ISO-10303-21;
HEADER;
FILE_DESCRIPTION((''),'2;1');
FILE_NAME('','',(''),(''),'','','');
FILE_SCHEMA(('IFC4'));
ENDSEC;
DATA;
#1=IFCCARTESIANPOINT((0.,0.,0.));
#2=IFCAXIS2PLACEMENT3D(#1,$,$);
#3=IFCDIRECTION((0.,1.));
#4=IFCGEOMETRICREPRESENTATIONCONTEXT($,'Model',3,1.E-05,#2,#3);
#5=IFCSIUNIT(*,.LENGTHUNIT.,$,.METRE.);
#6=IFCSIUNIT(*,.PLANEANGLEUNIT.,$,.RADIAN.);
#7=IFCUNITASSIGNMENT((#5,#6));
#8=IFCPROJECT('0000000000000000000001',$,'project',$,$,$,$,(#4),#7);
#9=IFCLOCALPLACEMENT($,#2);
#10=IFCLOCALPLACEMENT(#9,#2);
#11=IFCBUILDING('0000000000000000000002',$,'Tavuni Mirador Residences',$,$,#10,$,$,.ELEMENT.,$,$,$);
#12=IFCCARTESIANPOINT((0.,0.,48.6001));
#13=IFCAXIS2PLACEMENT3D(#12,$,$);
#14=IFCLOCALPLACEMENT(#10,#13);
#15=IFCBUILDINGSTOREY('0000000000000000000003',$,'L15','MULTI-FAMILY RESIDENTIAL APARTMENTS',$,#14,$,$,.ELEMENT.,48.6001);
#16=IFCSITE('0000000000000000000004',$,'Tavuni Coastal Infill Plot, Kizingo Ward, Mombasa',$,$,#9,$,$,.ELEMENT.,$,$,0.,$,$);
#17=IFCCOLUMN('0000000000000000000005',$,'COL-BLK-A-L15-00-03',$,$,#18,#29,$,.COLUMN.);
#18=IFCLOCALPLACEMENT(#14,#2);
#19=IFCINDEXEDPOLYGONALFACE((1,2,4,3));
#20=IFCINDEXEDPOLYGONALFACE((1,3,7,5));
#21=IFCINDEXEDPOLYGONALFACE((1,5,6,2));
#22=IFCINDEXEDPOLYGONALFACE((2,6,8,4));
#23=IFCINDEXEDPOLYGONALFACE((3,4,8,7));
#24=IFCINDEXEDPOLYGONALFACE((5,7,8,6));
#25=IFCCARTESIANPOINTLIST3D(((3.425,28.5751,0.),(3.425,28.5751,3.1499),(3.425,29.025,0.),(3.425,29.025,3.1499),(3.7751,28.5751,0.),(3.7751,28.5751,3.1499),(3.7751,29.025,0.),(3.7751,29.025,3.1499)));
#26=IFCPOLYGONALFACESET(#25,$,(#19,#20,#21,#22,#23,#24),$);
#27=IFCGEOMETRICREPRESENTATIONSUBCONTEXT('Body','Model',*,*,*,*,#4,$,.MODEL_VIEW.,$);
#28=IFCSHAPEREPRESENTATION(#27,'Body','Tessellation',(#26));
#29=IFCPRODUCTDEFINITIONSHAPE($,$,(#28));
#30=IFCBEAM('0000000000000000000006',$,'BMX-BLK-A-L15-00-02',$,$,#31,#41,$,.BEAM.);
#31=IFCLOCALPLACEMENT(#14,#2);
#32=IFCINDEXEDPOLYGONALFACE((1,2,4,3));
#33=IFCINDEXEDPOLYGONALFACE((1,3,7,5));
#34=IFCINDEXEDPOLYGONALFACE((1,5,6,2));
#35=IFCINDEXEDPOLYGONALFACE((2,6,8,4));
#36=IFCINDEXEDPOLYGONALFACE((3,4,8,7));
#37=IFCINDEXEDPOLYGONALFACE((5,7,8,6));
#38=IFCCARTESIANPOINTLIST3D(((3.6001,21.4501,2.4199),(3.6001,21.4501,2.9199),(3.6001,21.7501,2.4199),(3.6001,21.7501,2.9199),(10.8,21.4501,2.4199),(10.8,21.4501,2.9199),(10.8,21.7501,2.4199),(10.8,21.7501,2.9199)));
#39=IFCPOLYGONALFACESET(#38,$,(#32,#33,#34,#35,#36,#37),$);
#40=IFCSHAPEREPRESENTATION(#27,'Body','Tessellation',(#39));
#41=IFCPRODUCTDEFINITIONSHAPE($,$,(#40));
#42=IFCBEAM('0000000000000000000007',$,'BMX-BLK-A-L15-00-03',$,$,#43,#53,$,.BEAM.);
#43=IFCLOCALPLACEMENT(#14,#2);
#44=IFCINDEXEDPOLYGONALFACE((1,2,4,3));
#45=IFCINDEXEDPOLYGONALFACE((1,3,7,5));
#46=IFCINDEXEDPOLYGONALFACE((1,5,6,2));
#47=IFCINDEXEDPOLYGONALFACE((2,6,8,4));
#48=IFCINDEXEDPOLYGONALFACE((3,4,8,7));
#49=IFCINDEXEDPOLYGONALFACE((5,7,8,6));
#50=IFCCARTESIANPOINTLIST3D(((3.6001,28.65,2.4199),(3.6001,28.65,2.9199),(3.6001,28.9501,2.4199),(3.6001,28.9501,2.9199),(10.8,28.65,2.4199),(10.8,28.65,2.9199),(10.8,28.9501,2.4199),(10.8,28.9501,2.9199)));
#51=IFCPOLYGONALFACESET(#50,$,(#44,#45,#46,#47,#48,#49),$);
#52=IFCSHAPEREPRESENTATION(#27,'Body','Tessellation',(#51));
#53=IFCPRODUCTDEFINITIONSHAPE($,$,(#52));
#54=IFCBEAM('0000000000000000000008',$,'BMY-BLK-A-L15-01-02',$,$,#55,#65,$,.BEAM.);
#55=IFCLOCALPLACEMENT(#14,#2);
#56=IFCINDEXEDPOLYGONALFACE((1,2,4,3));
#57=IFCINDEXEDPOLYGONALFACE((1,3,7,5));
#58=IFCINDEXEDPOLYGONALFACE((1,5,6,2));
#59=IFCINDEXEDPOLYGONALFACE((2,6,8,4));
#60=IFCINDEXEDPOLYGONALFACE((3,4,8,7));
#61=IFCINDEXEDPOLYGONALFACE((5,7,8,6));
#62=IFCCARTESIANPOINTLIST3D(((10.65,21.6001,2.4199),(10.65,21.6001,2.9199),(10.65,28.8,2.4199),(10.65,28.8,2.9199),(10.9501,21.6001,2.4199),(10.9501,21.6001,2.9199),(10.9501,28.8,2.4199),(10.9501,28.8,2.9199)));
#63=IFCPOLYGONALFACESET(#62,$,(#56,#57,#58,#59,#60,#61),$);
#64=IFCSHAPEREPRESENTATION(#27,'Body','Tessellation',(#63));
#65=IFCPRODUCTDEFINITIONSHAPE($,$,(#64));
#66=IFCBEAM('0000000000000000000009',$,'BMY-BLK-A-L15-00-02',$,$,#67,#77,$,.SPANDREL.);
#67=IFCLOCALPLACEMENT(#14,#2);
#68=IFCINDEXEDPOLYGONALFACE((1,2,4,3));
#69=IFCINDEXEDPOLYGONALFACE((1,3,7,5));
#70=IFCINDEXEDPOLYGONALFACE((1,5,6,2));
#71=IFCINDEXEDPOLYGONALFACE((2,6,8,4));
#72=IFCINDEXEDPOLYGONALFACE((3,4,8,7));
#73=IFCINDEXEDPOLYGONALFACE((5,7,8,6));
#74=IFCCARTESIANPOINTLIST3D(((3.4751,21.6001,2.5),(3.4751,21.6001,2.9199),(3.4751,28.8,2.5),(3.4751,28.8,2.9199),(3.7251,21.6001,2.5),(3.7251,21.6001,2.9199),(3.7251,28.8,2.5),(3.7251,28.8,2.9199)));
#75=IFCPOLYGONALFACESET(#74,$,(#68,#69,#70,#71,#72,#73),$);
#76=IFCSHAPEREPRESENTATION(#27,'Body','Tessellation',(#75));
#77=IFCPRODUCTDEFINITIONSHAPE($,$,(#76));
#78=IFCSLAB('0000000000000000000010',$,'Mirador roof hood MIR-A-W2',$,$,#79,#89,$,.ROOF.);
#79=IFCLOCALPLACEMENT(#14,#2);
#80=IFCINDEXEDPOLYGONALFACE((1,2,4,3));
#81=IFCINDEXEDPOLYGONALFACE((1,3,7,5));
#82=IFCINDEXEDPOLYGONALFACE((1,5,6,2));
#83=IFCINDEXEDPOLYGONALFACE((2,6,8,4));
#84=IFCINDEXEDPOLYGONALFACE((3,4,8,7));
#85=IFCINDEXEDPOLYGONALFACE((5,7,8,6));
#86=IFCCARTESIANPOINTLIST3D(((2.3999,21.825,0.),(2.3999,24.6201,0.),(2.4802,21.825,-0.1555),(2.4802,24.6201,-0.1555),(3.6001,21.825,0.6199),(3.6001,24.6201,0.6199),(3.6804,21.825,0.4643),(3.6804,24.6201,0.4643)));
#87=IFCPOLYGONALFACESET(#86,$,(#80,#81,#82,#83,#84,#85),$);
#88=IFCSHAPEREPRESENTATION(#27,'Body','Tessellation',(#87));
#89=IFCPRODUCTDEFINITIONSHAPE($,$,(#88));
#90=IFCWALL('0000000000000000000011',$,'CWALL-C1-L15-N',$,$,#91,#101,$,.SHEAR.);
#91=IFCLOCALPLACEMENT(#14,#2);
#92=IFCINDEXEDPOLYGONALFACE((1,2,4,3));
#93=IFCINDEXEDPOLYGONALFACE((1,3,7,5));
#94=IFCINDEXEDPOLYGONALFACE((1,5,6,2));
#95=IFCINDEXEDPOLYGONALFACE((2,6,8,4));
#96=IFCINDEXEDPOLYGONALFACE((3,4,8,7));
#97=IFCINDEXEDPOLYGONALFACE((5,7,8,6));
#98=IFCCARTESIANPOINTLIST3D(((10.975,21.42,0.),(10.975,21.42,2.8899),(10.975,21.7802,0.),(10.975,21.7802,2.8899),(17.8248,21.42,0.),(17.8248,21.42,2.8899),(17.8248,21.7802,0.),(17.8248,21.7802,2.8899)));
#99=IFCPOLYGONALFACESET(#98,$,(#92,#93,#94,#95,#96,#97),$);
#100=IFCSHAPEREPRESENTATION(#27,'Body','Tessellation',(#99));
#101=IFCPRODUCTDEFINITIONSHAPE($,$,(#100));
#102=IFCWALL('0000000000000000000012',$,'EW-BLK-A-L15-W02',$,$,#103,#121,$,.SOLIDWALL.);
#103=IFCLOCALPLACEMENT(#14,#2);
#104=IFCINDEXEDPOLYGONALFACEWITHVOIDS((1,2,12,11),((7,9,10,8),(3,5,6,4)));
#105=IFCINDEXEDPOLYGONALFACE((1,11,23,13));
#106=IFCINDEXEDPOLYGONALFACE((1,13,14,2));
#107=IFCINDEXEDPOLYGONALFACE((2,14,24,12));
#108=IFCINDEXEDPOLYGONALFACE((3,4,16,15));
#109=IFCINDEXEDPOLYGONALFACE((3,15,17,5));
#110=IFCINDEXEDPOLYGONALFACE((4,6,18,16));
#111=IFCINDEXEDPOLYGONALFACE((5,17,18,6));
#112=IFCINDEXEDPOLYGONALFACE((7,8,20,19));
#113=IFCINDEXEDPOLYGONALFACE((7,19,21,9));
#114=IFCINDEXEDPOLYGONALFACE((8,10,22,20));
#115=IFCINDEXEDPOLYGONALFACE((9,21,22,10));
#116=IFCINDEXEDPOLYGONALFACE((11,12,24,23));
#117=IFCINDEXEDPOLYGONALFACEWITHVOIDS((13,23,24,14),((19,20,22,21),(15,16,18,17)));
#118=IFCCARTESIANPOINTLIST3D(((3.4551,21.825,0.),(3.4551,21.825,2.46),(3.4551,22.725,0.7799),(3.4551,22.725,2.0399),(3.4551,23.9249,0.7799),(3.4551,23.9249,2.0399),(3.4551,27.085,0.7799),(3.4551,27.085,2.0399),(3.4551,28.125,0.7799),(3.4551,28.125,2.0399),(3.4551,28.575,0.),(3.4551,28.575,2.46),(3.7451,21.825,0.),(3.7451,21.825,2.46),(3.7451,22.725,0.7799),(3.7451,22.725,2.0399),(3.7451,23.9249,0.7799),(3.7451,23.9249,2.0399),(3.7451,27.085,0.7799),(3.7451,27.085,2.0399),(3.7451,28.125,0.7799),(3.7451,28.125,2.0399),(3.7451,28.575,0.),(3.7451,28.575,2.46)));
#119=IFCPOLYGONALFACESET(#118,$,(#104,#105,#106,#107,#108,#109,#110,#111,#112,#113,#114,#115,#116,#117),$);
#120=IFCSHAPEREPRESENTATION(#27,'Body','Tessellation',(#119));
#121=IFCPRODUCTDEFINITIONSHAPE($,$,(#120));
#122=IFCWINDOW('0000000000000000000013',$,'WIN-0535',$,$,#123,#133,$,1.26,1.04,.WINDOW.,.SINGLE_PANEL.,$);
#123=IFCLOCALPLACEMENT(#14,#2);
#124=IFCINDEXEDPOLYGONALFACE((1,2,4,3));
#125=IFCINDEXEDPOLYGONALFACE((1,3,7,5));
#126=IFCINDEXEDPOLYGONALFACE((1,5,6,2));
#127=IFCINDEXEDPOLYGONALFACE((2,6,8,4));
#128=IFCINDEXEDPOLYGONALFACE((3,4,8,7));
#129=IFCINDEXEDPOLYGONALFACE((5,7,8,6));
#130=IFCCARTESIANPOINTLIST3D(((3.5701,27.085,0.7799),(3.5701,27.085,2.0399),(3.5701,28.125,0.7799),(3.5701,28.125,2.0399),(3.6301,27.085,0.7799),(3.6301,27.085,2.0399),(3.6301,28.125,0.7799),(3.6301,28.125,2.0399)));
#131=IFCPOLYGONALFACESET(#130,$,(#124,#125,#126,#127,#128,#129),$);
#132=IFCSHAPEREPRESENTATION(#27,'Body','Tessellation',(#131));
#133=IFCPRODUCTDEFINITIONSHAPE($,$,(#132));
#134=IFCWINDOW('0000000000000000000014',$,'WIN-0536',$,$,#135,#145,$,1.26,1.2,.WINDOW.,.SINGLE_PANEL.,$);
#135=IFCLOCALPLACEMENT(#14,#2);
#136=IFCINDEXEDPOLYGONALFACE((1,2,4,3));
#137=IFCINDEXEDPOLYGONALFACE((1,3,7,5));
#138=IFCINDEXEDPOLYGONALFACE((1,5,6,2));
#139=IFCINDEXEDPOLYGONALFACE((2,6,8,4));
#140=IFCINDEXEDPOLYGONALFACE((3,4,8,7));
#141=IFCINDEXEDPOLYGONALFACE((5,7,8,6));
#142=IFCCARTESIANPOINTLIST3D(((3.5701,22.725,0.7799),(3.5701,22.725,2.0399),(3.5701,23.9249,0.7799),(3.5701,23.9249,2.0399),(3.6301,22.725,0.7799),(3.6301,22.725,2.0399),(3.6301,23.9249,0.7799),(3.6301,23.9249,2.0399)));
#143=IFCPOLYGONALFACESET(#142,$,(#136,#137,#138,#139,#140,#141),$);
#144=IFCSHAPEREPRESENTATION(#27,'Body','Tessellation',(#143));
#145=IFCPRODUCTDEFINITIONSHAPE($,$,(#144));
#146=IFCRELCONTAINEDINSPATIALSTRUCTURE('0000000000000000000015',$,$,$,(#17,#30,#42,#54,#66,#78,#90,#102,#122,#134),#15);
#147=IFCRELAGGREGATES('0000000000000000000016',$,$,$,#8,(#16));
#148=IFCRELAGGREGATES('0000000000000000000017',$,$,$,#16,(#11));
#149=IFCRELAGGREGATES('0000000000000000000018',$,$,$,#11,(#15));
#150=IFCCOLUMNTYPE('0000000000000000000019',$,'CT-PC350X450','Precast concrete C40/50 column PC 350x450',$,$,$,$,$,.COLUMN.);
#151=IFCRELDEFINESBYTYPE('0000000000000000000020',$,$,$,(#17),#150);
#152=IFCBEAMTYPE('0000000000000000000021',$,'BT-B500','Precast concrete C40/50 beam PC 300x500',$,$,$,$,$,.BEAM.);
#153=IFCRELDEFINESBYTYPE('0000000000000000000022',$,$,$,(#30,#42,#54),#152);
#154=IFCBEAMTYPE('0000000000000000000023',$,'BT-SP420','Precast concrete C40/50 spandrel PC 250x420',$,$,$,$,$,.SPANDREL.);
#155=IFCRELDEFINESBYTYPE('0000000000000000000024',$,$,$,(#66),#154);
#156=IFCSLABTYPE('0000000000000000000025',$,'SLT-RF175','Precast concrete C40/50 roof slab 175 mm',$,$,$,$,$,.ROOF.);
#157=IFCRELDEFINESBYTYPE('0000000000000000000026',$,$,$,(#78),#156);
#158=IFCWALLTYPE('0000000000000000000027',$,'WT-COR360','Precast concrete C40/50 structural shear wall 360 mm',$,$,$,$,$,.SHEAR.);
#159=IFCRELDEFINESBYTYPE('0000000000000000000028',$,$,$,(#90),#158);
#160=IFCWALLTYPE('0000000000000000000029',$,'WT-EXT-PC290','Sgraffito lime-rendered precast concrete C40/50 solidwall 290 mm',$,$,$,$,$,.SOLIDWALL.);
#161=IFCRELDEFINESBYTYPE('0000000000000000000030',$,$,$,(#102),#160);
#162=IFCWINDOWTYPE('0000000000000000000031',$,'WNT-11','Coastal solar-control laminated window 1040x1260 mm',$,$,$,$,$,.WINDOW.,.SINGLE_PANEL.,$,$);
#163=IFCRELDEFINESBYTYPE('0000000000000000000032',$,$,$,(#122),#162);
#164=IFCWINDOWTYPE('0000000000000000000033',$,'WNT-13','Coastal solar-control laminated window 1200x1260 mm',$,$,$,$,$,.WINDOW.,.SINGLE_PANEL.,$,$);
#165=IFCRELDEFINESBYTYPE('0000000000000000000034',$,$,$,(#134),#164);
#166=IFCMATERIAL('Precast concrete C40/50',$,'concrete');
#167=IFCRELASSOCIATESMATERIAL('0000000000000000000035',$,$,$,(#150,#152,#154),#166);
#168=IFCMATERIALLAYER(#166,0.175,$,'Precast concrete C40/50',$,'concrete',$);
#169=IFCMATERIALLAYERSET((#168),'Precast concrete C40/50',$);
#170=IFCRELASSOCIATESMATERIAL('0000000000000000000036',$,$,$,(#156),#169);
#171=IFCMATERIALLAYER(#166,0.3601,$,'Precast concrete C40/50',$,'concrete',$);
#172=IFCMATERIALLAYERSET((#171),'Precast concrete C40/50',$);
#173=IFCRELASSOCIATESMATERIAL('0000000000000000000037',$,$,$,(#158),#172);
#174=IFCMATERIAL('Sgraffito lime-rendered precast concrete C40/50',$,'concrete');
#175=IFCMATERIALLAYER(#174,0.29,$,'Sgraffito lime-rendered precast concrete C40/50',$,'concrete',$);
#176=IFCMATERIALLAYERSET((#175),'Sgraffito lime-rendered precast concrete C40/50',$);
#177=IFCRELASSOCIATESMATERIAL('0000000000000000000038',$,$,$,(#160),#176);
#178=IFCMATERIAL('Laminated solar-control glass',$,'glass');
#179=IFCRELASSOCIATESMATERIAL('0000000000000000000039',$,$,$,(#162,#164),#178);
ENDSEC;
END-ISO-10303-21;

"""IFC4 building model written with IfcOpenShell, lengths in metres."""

from ifc_helpers import new_model, si_unit, direction, frame, frame_2d, origin, origin_2d, place, context, subcontext, project, spatial, polyline, rectangle, outline, extrude, material, layer, layer_set, material_profile, profile_set, type_object, element, fill, save


model = new_model("IFC4")

# Units and contexts
model_context = context("Model", 3, precision=1e-05, world=origin(), true_north=direction((0.0, 1.0)))
body_context = subcontext(model_context, "Body", "Model", "MODEL_VIEW")
ifc_project = project(units=[si_unit("LENGTHUNIT", "METRE"), si_unit("PLANEANGLEUNIT", "RADIAN")], contexts=[model_context])

# Site, building, storey
site_placement = place(None, origin())
site = spatial("IfcSite", under=ifc_project, at=site_placement, Name="Tavuni Coastal Infill Plot, Kizingo Ward, Mombasa", CompositionType="ELEMENT", RefElevation=0.0)
building_placement = place(site_placement, origin())
building = spatial("IfcBuilding", under=site, at=building_placement, Name="Tavuni Mirador Residences", CompositionType="ELEMENT")
storey_placement = place(building_placement, frame((0.0, 0.0, 48.6001)))
storey = spatial("IfcBuildingStorey", under=building, at=storey_placement, Name="L15", Description="MULTI-FAMILY RESIDENTIAL APARTMENTS", CompositionType="ELEMENT", Elevation=48.6001)

# Column
ifc_material_1 = material(Name="Precast concrete C40/50", Category="concrete")
ifc_material_profile_1 = material_profile(ifc_material_1, rectangle(XDim=0.3501, YDim=0.45, at=origin_2d()), Name="PC 350x450", Category="concrete")
ifc_profile_set_1 = profile_set([ifc_material_profile_1], Name="Precast concrete C40/50")
column_type = type_object("IfcColumnType", Name="CT-PC350X450", Description="Precast concrete C40/50 column PC 350x450", PredefinedType="COLUMN", material=ifc_profile_set_1)
column_placement = place(storey_placement, frame((3.6001, 28.8, 0.0), z_axis=(0.0, 0.0, 1.0), x_axis=(1.0, 0.0, 0.0)))
element("IfcColumn", 1, at=column_placement, inside=storey, type_object=column_type, Name="COL-BLK-A-L15-00-03", PredefinedType="COLUMN", context=body_context, shape_type="SweptSolid", body=[
    extrude(rectangle(XDim=0.3501, YDim=0.45, at=origin_2d()), origin(), (0.0, 0.0, 1.0), 3.1499),
])

# Beams
ifc_material_profile_2 = material_profile(ifc_material_1, rectangle(XDim=0.3, YDim=0.5, at=origin_2d()), Name="PC 300x500", Category="concrete")
ifc_profile_set_2 = profile_set([ifc_material_profile_2], Name="Precast concrete C40/50")
beam_type_1 = type_object("IfcBeamType", Name="BT-B500", Description="Precast concrete C40/50 beam PC 300x500", PredefinedType="BEAM", material=ifc_profile_set_2)
for number, where, z_axis, x_axis, name in (
    (2, (3.6001, 21.6001, 2.6699), (1.0, 0.0, 0.0), (0.0, 1.0, 0.0), "BMX-BLK-A-L15-00-02"),
    (3, (3.6001, 28.8, 2.6699), (1.0, 0.0, 0.0), (0.0, 1.0, 0.0), "BMX-BLK-A-L15-00-03"),
    (4, (10.8, 21.6001, 2.6699), (0.0, 1.0, 0.0), (-1.0, 0.0, 0.0), "BMY-BLK-A-L15-01-02"),
):
    element("IfcBeam", number, at=place(storey_placement, frame(where, z_axis=z_axis, x_axis=x_axis)), inside=storey, type_object=beam_type_1, Name=name, PredefinedType="BEAM", context=body_context, shape_type="SweptSolid", body=[
        extrude(rectangle(XDim=0.3, YDim=0.5, at=origin_2d()), origin(), (0.0, 0.0, 1.0), 7.2),
    ])
ifc_material_profile_3 = material_profile(ifc_material_1, rectangle(XDim=0.25, YDim=0.4199, at=origin_2d()), Name="PC 250x420", Category="concrete")
ifc_profile_set_3 = profile_set([ifc_material_profile_3], Name="Precast concrete C40/50")
beam_type_2 = type_object("IfcBeamType", Name="BT-SP420", Description="Precast concrete C40/50 spandrel PC 250x420", PredefinedType="SPANDREL", material=ifc_profile_set_3)
beam_placement = place(storey_placement, frame((3.6001, 21.6001, 2.71), z_axis=(0.0, 1.0, 0.0), x_axis=(-1.0, 0.0, 0.0)))
element("IfcBeam", 5, at=beam_placement, inside=storey, type_object=beam_type_2, Name="BMY-BLK-A-L15-00-02", PredefinedType="SPANDREL", context=body_context, shape_type="SweptSolid", body=[
    extrude(rectangle(XDim=0.25, YDim=0.4199, at=origin_2d()), origin(), (0.0, 0.0, 1.0), 7.2),
])

# Slab
ifc_layer_1 = layer(ifc_material_1, 0.175, Name="Precast concrete C40/50", Category="concrete")
ifc_layer_set_1 = layer_set([ifc_layer_1], Name="Precast concrete C40/50")
slab_type = type_object("IfcSlabType", Name="SLT-RF175", Description="Precast concrete C40/50 roof slab 175 mm", PredefinedType="ROOF", material=ifc_layer_set_1)
slab_placement = place(storey_placement, frame((3.6001, 21.825, 0.6199), z_axis=(-0.458887, 0.0, 0.888495), x_axis=(0.0, 1.0, 0.0)))
element("IfcSlab", 6, at=slab_placement, inside=storey, type_object=slab_type, Name="Mirador roof hood MIR-A-W2", PredefinedType="ROOF", context=body_context, shape_type="SweptSolid", body=[
    extrude(outline(polyline([(0.0, 0.0), (2.7952, 0.0), (2.7952, 1.3508), (0.0, 1.3508), (0.0, 0.0)])), origin(), (0.0, 0.0, -1.0), 0.175),
])

# Wall
ifc_layer_2 = layer(ifc_material_1, 0.3601, Name="Precast concrete C40/50", Category="concrete")
ifc_layer_set_2 = layer_set([ifc_layer_2], Name="Precast concrete C40/50")
wall_type_1 = type_object("IfcWallType", Name="WT-COR360", Description="Precast concrete C40/50 structural shear wall 360 mm", PredefinedType="SHEAR", material=ifc_layer_set_2)
wall_1_placement = place(storey_placement, frame((10.9751, 21.6001, 0.0), z_axis=(0.0, 0.0, 1.0), x_axis=(1.0, 0.0, 0.0)))
element("IfcWall", 7, at=wall_1_placement, inside=storey, type_object=wall_type_1, Name="CWALL-C1-L15-N", PredefinedType="SHEAR", context=body_context, shape_type="SweptSolid", body=[
    extrude(rectangle(XDim=6.8499, YDim=0.3601, at=frame_2d((3.4248, 0.0))), origin(), (0.0, 0.0, 1.0), 2.8899),
])

# Wall, openings, windows
ifc_material_2 = material(Name="Sgraffito lime-rendered precast concrete C40/50", Category="concrete")
ifc_layer_3 = layer(ifc_material_2, 0.29, Name="Sgraffito lime-rendered precast concrete C40/50", Category="concrete")
ifc_layer_set_3 = layer_set([ifc_layer_3], Name="Sgraffito lime-rendered precast concrete C40/50")
wall_type_2 = type_object("IfcWallType", Name="WT-EXT-PC290", Description="Sgraffito lime-rendered precast concrete C40/50 solidwall 290 mm", PredefinedType="SOLIDWALL", material=ifc_layer_set_3)
wall_2_placement = place(storey_placement, frame((3.6001, 28.575, 0.0), z_axis=(0.0, 0.0, 1.0), x_axis=(0.0, -1.0, 0.0)))
wall_2 = element("IfcWall", 8, at=wall_2_placement, inside=storey, type_object=wall_type_2, Name="EW-BLK-A-L15-W02", PredefinedType="SOLIDWALL", context=body_context, shape_type="SweptSolid", body=[
    extrude(rectangle(XDim=6.75, YDim=0.29, at=frame_2d((3.375, 0.0))), origin(), (0.0, 0.0, 1.0), 2.46),
])
opening_1_placement = place(wall_2_placement, frame((0.45, 0.0, 0.78)))
opening_1 = element("IfcOpeningElement", 9, at=opening_1_placement, cuts=wall_2, PredefinedType="OPENING", context=body_context, shape_type="SweptSolid", body=[
    extrude(rectangle(XDim=1.04, YDim=1.26, at=frame_2d((0.52, 0.6299))), frame((0.0, 0.155, 0.0), z_axis=(0.0, -1.0, 0.0), x_axis=(1.0, 0.0, 0.0)), (0.0, 0.0, 1.0), 0.3101),
])
opening_2_placement = place(wall_2_placement, frame((4.6499, 0.0, 0.78)))
opening_2 = element("IfcOpeningElement", 10, at=opening_2_placement, cuts=wall_2, PredefinedType="OPENING", context=body_context, shape_type="SweptSolid", body=[
    extrude(rectangle(XDim=1.2, YDim=1.26, at=frame_2d((0.6001, 0.6299))), frame((0.0, 0.155, 0.0), z_axis=(0.0, -1.0, 0.0), x_axis=(1.0, 0.0, 0.0)), (0.0, 0.0, 1.0), 0.3101),
])
ifc_material_3 = material(Name="Laminated solar-control glass", Category="glass")
window_type_1 = type_object("IfcWindowType", Name="WNT-11", Description="Coastal solar-control laminated window 1040x1260 mm", PartitioningType="SINGLE_PANEL", PredefinedType="WINDOW", material=ifc_material_3)
window_1_placement = place(opening_1_placement, origin())
window_1 = element("IfcWindow", 11, at=window_1_placement, inside=storey, type_object=window_type_1, Name="WIN-0535", OverallHeight=1.26, OverallWidth=1.04, PartitioningType="SINGLE_PANEL", PredefinedType="WINDOW", context=body_context, shape_type="SweptSolid", body=[
    extrude(rectangle(XDim=1.04, YDim=1.26, at=frame_2d((0.52, 0.6299))), frame((0.0, 0.03, 0.0), z_axis=(0.0, -1.0, 0.0), x_axis=(1.0, 0.0, 0.0)), (0.0, 0.0, 1.0), 0.0601),
])
fill(opening_1, window_1)
window_type_2 = type_object("IfcWindowType", Name="WNT-13", Description="Coastal solar-control laminated window 1200x1260 mm", PartitioningType="SINGLE_PANEL", PredefinedType="WINDOW", material=ifc_material_3)
window_2_placement = place(opening_2_placement, origin())
window_2 = element("IfcWindow", 12, at=window_2_placement, inside=storey, type_object=window_type_2, Name="WIN-0536", OverallHeight=1.26, OverallWidth=1.2, PartitioningType="SINGLE_PANEL", PredefinedType="WINDOW", context=body_context, shape_type="SweptSolid", body=[
    extrude(rectangle(XDim=1.2, YDim=1.26, at=frame_2d((0.6001, 0.6299))), frame((0.0, 0.03, 0.0), z_axis=(0.0, -1.0, 0.0), x_axis=(1.0, 0.0, 0.0)), (0.0, 0.0, 1.0), 0.0601),
])
fill(opening_2, window_2)

save(model, "model.ifc")
